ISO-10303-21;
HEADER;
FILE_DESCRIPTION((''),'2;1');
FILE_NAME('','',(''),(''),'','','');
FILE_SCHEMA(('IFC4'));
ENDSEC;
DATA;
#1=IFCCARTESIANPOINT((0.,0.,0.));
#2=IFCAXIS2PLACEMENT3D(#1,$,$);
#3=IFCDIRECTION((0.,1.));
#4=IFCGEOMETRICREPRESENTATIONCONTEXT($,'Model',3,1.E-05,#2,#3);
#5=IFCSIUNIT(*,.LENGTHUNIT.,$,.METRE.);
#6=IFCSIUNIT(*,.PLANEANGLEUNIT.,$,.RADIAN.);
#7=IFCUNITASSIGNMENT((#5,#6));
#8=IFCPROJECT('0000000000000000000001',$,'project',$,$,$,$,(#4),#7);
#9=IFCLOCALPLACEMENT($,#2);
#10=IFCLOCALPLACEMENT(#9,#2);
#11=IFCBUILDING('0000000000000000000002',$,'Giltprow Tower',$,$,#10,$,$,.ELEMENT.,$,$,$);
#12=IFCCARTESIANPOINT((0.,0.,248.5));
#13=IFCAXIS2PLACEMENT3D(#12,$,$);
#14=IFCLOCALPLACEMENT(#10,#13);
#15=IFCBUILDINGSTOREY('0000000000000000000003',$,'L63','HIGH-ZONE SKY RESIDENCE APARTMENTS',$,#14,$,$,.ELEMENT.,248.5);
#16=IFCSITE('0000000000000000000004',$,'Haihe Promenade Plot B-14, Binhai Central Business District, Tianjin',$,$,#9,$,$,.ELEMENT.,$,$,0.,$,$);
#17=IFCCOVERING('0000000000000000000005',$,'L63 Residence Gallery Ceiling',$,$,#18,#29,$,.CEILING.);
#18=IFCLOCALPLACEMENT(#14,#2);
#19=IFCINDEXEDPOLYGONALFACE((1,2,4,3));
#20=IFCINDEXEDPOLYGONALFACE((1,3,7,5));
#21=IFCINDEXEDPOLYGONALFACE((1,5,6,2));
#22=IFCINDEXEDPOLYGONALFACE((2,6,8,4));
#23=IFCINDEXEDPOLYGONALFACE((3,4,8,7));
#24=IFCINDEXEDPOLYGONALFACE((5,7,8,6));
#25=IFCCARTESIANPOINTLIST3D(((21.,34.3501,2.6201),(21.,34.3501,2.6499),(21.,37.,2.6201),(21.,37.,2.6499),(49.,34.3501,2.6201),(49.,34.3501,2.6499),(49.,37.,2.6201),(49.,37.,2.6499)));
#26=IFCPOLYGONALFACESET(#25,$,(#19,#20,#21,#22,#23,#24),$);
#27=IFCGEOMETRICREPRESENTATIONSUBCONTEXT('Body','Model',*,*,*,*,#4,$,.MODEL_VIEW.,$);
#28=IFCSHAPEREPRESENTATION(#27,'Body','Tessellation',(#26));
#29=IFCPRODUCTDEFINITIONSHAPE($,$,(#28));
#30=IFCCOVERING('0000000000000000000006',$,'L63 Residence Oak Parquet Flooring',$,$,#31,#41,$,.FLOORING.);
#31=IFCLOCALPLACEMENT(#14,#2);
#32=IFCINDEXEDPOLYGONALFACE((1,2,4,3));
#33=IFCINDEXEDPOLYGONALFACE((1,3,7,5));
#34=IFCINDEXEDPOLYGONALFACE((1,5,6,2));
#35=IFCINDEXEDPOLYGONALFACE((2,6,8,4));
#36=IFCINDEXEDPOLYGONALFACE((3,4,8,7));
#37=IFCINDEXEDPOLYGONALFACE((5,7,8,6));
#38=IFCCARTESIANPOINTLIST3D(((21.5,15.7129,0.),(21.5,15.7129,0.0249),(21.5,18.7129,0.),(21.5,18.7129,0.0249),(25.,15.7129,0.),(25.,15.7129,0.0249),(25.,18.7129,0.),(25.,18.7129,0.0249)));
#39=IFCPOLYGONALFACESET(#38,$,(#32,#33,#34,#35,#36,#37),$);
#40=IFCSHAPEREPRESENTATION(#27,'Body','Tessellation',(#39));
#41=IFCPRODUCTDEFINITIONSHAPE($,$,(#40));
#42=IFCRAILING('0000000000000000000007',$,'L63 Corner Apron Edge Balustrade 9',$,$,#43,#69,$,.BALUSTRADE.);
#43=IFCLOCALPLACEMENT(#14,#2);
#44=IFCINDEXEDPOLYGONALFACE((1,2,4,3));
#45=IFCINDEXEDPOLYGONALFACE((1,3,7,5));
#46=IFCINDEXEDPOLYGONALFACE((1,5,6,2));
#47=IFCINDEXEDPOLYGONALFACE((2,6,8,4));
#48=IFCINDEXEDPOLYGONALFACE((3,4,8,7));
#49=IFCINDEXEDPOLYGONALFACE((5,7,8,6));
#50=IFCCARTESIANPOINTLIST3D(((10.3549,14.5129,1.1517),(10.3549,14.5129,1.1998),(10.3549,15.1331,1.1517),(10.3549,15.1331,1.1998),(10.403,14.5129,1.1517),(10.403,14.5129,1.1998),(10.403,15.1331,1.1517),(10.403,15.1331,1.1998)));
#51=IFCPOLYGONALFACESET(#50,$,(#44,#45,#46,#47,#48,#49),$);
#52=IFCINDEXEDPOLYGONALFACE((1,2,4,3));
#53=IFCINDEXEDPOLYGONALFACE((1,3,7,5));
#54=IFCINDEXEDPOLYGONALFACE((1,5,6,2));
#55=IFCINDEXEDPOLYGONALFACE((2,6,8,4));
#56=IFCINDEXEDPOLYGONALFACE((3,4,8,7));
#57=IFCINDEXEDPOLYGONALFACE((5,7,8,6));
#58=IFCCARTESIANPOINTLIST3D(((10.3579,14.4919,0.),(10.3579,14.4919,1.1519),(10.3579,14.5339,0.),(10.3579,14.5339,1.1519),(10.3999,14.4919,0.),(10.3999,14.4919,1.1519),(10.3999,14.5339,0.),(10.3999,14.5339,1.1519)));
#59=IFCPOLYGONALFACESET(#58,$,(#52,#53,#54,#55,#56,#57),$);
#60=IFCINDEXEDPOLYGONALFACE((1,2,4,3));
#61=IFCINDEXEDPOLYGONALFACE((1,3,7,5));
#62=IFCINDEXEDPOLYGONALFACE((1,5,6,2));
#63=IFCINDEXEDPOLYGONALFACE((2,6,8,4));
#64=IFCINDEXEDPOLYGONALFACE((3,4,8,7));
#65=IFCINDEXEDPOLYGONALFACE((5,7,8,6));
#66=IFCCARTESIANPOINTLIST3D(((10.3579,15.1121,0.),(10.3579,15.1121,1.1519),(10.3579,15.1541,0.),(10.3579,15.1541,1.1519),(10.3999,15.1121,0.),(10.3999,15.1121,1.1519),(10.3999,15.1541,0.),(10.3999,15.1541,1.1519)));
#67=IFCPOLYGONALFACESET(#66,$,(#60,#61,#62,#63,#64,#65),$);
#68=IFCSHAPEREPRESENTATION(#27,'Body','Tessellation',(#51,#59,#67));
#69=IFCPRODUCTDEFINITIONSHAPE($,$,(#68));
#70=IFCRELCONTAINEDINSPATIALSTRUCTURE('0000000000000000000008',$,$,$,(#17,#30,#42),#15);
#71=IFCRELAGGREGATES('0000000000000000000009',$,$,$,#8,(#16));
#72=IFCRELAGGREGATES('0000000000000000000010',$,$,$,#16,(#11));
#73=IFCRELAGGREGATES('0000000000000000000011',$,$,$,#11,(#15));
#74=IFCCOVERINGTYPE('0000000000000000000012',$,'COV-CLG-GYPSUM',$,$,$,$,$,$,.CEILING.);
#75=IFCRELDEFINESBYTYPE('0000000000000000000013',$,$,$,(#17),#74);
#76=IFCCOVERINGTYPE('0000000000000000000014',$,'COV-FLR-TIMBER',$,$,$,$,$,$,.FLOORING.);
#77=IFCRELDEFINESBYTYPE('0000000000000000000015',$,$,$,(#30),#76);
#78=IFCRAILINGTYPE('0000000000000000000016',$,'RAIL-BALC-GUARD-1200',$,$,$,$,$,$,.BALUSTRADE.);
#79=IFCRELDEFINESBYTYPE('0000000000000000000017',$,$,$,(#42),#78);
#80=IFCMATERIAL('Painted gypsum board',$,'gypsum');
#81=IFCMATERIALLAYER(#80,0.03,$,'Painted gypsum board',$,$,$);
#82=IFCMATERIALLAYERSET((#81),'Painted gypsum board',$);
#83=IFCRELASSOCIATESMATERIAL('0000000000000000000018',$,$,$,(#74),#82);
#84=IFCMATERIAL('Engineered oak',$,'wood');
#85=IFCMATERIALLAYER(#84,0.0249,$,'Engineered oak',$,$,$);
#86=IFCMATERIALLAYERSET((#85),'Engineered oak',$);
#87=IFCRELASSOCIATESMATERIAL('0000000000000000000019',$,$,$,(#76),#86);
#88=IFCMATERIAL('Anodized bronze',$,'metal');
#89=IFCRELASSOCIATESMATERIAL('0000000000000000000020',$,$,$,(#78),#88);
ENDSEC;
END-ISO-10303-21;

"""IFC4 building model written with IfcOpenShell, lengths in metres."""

from ifc_helpers import new_model, si_unit, direction, frame, origin, origin_2d, place, context, subcontext, project, spatial, polyline, rectangle, outline, extrude, material, layer, layer_set, type_object, element, save


model = new_model("IFC4")

# Units and contexts
model_context = context("Model", 3, precision=1e-05, world=origin(), true_north=direction((0.0, 1.0)))
body_context = subcontext(model_context, "Body", "Model", "MODEL_VIEW")
ifc_project = project(units=[si_unit("LENGTHUNIT", "METRE"), si_unit("PLANEANGLEUNIT", "RADIAN")], contexts=[model_context])

# Site, building, storey
site_placement = place(None, origin())
site = spatial("IfcSite", under=ifc_project, at=site_placement, Name="Haihe Promenade Plot B-14, Binhai Central Business District, Tianjin", CompositionType="ELEMENT", RefElevation=0.0)
building_placement = place(site_placement, origin())
building = spatial("IfcBuilding", under=site, at=building_placement, Name="Giltprow Tower", CompositionType="ELEMENT")
storey_placement = place(building_placement, frame((0.0, 0.0, 248.5)))
storey = spatial("IfcBuildingStorey", under=building, at=storey_placement, Name="L63", Description="HIGH-ZONE SKY RESIDENCE APARTMENTS", CompositionType="ELEMENT", Elevation=248.5)

# Shared definitions
ifc_material_1 = material(Name="Anodized bronze", Category="metal")

# Coverings
ifc_material_2 = material(Name="Painted gypsum board", Category="gypsum")
ifc_layer_1 = layer(ifc_material_2, 0.03, Name="Painted gypsum board")
ifc_layer_set_1 = layer_set([ifc_layer_1], Name="Painted gypsum board")
covering_type_1 = type_object("IfcCoveringType", Name="COV-CLG-GYPSUM", PredefinedType="CEILING", material=ifc_layer_set_1)
covering_1_placement = place(storey_placement, frame((0.0, 0.0, 2.6201)))
element("IfcCovering", 1, at=covering_1_placement, inside=storey, type_object=covering_type_1, Name="L63 Residence Gallery Ceiling", PredefinedType="CEILING", context=body_context, shape_type="SweptSolid", body=[
    extrude(outline(polyline([(21.0, 34.3501), (49.0, 34.3501), (49.0, 37.0), (21.0, 37.0), (21.0, 34.3501)])), origin(), (0.0, 0.0, 1.0), 0.0298),
])
ifc_material_3 = material(Name="Engineered oak", Category="wood")
ifc_layer_2 = layer(ifc_material_3, 0.0249, Name="Engineered oak")
ifc_layer_set_2 = layer_set([ifc_layer_2], Name="Engineered oak")
covering_type_2 = type_object("IfcCoveringType", Name="COV-FLR-TIMBER", PredefinedType="FLOORING", material=ifc_layer_set_2)
covering_2_placement = place(storey_placement, origin())
element("IfcCovering", 2, at=covering_2_placement, inside=storey, type_object=covering_type_2, Name="L63 Residence Oak Parquet Flooring", PredefinedType="FLOORING", context=body_context, shape_type="SweptSolid", body=[
    extrude(outline(polyline([(21.5, 15.7129), (25.0, 15.7129), (25.0, 18.7129), (21.5, 18.7129), (21.5, 15.7129)])), origin(), (0.0, 0.0, 1.0), 0.0249),
])

# Railing
railing_type = type_object("IfcRailingType", Name="RAIL-BALC-GUARD-1200", PredefinedType="BALUSTRADE", material=ifc_material_1)
railing_placement = place(storey_placement, frame((10.3789, 14.5129, 0.0)))
element("IfcRailing", 3, at=railing_placement, inside=storey, type_object=railing_type, Name="L63 Corner Apron Edge Balustrade 9", PredefinedType="BALUSTRADE", context=body_context, shape_type="SweptSolid", body=[
    extrude(rectangle(XDim=0.0481, YDim=0.0481, at=origin_2d()), frame((0.0, 0.0, 1.1758), z_axis=(0.0, 1.0, 0.0), x_axis=(-1.0, 0.0, 0.0)), (0.0, 0.0, 1.0), 0.6201),
    extrude(rectangle(XDim=0.042, YDim=0.042, at=origin_2d()), origin(), (0.0, 0.0, 1.0), 1.1519),
    extrude(rectangle(XDim=0.042, YDim=0.042, at=origin_2d()), frame((0.0, 0.6201, 0.0)), (0.0, 0.0, 1.0), 1.1519),
])

save(model, "model.ifc")
